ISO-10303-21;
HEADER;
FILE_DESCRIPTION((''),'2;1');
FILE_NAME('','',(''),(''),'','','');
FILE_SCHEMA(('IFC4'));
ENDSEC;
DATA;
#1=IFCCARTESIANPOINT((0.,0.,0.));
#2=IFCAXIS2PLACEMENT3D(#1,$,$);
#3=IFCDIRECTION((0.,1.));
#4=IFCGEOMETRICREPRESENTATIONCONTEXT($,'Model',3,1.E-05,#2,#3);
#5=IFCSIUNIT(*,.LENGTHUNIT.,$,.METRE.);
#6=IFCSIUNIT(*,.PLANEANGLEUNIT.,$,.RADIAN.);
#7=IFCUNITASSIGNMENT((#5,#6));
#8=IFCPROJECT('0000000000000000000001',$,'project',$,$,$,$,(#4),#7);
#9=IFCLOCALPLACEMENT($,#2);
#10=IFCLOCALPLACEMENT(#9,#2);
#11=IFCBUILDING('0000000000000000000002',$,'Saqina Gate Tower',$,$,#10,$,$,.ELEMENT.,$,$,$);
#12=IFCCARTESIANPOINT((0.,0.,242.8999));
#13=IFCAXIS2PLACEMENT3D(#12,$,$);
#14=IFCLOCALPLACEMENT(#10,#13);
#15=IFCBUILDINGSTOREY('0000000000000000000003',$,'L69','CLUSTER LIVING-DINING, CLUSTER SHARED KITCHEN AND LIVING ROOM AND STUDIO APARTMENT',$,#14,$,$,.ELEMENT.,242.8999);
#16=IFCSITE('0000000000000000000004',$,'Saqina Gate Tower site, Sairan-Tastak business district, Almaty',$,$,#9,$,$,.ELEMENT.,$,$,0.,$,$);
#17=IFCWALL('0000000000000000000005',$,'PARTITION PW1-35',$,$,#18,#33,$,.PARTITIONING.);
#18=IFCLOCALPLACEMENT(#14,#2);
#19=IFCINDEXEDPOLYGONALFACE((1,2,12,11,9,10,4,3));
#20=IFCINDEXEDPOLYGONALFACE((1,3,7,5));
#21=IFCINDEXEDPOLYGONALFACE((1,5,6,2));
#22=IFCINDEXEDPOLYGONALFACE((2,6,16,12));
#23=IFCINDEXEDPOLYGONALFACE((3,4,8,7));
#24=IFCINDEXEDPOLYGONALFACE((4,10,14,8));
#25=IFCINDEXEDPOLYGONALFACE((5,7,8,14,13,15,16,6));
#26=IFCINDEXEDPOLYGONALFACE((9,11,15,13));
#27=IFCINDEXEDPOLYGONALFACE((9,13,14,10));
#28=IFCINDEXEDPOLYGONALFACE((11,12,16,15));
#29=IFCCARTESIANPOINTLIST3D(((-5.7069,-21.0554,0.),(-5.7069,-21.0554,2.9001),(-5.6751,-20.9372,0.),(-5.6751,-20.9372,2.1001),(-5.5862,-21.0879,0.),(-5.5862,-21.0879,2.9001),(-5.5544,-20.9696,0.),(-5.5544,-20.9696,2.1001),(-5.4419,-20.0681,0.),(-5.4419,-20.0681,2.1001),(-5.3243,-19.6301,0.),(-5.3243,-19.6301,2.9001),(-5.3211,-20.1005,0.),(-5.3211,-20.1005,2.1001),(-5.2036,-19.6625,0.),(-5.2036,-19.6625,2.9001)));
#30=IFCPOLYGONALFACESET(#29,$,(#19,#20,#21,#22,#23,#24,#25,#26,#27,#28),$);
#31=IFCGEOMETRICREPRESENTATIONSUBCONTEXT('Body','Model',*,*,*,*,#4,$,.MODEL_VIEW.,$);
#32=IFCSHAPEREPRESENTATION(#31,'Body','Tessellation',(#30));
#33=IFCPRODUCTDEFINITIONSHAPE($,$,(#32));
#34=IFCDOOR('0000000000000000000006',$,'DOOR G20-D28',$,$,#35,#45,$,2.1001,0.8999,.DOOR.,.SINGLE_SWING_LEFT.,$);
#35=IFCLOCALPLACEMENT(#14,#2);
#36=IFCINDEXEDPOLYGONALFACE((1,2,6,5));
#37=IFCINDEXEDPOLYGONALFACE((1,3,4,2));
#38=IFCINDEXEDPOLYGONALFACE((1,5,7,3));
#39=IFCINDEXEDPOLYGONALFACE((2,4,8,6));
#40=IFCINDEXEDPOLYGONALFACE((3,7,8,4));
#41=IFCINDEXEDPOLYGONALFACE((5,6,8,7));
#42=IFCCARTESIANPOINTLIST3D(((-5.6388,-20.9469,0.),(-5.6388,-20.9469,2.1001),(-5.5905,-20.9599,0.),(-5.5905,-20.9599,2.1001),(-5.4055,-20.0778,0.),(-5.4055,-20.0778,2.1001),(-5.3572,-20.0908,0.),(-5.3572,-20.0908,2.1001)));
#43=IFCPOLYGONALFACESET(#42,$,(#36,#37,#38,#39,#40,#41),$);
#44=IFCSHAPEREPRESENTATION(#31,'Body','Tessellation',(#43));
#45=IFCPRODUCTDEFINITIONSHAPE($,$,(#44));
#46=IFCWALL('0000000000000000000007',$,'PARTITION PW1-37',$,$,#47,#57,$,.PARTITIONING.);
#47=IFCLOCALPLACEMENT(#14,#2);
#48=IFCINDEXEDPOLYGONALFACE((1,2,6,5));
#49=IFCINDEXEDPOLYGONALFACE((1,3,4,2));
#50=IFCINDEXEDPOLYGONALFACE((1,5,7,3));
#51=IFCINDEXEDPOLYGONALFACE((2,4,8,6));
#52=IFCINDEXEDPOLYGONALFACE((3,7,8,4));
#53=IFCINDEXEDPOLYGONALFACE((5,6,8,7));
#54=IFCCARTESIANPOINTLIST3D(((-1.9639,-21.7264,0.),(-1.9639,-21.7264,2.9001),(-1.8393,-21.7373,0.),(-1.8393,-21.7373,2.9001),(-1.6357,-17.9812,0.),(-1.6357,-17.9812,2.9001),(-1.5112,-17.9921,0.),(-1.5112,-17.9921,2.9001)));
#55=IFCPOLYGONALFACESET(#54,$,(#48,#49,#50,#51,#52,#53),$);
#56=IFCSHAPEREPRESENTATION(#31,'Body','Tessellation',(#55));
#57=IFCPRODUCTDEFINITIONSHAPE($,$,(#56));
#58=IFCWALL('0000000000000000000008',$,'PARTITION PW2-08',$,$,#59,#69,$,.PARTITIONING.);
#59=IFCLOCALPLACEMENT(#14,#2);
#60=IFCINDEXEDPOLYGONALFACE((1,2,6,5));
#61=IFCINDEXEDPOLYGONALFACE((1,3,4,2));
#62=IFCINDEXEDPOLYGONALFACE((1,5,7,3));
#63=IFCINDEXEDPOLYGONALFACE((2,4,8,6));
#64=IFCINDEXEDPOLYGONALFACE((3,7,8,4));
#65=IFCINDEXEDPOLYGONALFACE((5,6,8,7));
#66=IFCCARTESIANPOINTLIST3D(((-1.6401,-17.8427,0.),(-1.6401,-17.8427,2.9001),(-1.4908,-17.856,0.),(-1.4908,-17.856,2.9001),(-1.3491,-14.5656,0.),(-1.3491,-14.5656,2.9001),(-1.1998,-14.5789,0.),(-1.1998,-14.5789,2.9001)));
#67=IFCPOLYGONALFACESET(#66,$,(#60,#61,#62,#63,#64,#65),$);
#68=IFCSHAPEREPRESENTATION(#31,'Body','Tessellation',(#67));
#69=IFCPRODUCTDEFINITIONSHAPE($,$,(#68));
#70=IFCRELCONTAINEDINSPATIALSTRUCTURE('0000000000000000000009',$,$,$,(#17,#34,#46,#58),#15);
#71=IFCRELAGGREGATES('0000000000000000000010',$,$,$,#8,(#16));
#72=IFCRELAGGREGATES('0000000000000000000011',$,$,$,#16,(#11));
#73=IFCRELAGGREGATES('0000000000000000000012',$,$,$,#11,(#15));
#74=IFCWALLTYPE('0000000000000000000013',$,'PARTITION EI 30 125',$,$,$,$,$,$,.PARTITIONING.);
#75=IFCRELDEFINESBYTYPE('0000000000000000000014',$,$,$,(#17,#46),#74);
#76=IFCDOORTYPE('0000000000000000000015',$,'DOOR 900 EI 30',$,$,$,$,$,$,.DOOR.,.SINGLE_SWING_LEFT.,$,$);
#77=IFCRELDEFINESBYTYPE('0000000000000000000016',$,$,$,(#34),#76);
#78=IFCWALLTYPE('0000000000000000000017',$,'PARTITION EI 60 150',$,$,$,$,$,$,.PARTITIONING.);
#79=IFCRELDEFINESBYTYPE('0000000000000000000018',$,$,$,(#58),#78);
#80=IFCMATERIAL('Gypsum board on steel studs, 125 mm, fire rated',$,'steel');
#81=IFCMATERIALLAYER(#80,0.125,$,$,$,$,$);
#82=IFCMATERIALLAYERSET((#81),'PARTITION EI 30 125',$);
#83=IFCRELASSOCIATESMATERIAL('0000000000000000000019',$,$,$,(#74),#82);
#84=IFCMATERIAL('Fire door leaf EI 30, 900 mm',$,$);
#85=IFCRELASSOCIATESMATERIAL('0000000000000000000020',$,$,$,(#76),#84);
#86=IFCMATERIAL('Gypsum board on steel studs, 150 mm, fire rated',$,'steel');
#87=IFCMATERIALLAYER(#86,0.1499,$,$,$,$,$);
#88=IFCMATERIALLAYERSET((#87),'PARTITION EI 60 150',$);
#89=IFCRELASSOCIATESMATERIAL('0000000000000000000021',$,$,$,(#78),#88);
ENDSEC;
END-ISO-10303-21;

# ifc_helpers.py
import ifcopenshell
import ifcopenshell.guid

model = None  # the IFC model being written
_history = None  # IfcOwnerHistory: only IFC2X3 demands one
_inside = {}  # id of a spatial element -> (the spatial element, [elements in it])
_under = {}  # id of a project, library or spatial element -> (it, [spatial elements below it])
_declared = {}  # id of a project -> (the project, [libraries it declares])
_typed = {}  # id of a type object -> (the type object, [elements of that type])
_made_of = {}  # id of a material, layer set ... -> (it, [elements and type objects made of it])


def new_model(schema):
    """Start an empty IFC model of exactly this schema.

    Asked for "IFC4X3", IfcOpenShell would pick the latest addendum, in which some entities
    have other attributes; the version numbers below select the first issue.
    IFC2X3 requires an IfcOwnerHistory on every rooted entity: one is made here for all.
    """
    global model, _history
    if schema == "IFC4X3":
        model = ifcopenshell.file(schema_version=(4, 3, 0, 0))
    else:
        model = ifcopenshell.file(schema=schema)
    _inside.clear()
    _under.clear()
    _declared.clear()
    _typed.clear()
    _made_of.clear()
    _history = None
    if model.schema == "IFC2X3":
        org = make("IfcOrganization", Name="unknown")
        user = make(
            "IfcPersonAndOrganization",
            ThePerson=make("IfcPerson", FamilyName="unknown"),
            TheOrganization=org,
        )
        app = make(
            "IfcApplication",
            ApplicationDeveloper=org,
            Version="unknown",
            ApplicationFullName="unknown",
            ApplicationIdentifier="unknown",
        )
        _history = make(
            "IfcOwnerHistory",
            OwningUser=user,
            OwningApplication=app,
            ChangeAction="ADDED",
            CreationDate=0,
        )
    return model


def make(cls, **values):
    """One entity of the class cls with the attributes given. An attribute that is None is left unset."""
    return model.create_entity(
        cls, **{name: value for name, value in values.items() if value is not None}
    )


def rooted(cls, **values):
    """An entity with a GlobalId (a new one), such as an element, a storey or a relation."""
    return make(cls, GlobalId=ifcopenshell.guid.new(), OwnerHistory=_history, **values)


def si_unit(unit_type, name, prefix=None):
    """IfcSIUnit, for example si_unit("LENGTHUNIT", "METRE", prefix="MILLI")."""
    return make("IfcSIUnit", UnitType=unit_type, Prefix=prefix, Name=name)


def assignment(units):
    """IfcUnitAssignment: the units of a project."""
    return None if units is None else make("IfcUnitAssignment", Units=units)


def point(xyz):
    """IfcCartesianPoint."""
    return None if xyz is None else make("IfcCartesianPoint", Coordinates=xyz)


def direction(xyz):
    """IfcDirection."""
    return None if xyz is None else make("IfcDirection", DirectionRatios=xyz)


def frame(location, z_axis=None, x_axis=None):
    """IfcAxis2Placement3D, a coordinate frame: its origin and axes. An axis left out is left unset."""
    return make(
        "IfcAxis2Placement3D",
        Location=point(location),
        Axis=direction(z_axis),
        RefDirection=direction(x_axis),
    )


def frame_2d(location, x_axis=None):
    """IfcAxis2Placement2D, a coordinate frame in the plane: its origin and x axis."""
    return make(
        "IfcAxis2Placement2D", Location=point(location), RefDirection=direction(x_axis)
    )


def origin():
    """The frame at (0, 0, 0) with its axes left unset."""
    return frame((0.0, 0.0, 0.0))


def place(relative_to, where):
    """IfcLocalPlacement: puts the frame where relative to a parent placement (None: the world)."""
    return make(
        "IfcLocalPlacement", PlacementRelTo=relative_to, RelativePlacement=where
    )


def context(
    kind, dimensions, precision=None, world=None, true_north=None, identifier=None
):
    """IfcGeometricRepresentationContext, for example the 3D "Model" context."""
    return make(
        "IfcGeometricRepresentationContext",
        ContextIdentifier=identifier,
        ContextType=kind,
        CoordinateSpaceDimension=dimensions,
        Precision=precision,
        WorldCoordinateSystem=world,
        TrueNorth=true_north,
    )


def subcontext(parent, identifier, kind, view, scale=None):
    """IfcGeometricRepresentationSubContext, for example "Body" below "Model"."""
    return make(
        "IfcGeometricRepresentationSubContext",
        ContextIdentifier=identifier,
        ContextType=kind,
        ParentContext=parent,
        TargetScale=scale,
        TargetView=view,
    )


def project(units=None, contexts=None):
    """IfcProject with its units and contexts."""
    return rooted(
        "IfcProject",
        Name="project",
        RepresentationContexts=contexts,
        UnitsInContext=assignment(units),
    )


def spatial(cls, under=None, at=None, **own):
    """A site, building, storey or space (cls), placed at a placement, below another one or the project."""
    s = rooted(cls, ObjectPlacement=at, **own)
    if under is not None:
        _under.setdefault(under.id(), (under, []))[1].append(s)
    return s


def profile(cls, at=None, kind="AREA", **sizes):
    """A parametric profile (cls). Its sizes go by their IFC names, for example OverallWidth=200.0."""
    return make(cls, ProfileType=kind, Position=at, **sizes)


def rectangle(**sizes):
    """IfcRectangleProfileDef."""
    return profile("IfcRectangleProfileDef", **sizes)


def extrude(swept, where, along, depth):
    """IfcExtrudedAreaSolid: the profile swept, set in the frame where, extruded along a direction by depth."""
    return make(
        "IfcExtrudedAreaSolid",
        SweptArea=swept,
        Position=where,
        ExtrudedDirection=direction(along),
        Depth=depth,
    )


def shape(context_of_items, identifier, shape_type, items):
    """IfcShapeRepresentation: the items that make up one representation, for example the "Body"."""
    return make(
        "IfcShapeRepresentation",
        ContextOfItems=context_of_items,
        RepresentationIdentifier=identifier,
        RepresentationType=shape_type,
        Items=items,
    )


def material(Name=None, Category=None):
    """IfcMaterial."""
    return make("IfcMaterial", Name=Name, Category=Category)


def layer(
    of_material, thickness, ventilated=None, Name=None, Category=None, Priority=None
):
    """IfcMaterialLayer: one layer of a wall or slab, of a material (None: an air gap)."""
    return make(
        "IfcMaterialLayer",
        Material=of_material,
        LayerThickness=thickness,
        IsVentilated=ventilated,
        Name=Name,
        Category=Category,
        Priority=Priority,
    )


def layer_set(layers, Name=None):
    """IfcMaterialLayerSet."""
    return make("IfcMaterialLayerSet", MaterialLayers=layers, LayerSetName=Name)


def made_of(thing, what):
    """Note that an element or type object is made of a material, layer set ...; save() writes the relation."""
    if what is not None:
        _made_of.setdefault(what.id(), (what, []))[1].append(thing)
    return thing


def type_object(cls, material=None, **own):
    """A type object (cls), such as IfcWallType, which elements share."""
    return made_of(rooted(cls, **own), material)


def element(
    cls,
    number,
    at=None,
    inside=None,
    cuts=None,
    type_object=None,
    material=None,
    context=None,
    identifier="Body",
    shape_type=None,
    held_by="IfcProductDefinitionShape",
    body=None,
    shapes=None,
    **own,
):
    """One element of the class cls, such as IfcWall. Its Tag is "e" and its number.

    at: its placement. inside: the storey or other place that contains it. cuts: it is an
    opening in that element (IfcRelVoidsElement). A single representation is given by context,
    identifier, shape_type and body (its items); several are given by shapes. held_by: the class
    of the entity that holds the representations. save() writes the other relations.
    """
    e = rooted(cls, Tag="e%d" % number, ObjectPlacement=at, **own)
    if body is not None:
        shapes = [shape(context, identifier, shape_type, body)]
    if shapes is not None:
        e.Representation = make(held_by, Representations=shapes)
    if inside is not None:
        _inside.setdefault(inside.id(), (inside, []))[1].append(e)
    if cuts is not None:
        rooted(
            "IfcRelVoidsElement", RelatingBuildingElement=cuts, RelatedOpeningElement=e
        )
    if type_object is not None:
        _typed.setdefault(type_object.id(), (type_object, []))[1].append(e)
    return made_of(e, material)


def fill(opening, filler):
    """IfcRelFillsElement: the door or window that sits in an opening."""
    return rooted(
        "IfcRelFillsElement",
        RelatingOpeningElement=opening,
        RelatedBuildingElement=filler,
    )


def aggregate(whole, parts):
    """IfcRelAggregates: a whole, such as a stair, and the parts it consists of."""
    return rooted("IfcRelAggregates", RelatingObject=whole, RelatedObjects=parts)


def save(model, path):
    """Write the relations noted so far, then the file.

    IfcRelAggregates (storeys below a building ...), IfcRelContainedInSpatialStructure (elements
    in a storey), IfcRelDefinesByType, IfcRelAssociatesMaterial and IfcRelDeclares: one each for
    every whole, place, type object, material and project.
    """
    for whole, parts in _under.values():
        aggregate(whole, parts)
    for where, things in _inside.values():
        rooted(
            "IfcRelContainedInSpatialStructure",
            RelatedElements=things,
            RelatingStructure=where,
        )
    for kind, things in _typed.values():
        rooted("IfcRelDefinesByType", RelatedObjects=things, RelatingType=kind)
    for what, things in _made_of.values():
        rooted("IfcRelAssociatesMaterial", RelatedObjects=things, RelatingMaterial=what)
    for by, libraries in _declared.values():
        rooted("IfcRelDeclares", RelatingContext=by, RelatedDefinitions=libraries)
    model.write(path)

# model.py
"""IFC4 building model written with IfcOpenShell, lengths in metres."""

from ifc_helpers import new_model, si_unit, direction, frame, frame_2d, origin, place, context, subcontext, project, spatial, rectangle, extrude, material, layer, layer_set, type_object, element, fill, save


model = new_model("IFC4")

# Units and contexts
model_context = context("Model", 3, precision=1e-05, world=origin(), true_north=direction((0.0, 1.0)))
body_context = subcontext(model_context, "Body", "Model", "MODEL_VIEW")
ifc_project = project(units=[si_unit("LENGTHUNIT", "METRE"), si_unit("PLANEANGLEUNIT", "RADIAN")], contexts=[model_context])

# Site, building, storey
site_placement = place(None, origin())
site = spatial("IfcSite", under=ifc_project, at=site_placement, Name="Saqina Gate Tower site, Sairan-Tastak business district, Almaty", CompositionType="ELEMENT", RefElevation=0.0)
building_placement = place(site_placement, origin())
building = spatial("IfcBuilding", under=site, at=building_placement, Name="Saqina Gate Tower", CompositionType="ELEMENT")
storey_placement = place(building_placement, frame((0.0, 0.0, 242.8999)))
storey = spatial("IfcBuildingStorey", under=building, at=storey_placement, Name="L69", Description="CLUSTER LIVING-DINING, CLUSTER SHARED KITCHEN AND LIVING ROOM AND STUDIO APARTMENT", CompositionType="ELEMENT", Elevation=242.8999)

# Shared definitions
ifc_material_1 = material(Name="Gypsum board on steel studs, 125 mm, fire rated", Category="steel")
ifc_layer_1 = layer(ifc_material_1, 0.125)
ifc_layer_set_1 = layer_set([ifc_layer_1], Name="PARTITION EI 30 125")
wall_type_1 = type_object("IfcWallType", Name="PARTITION EI 30 125", PredefinedType="PARTITIONING", material=ifc_layer_set_1)

# Shared definitions
ifc_material_2 = material(Name="Fire door leaf EI 30, 900 mm")
door_type_1 = type_object("IfcDoorType", Name="DOOR 900 EI 30", OperationType="SINGLE_SWING_LEFT", PredefinedType="DOOR", material=ifc_material_2)

# Wall, opening, door
wall_1_placement = place(storey_placement, frame((-5.6465, -21.0715, 0.0), z_axis=(0.0, 0.0, 1.0), x_axis=(0.259238, 0.965814, 0.0)))
wall_1 = element("IfcWall", 1, at=wall_1_placement, inside=storey, type_object=wall_type_1, Name="PARTITION PW1-35", PredefinedType="PARTITIONING", context=body_context, shape_type="SweptSolid", body=[
    extrude(rectangle(XDim=1.4758, YDim=0.125, at=frame_2d((0.7378, 0.0))), origin(), (0.0, 0.0, 1.0), 2.9001),
])
opening_1_placement = place(wall_1_placement, frame((0.1223, 0.0, 0.0)))
opening_1 = element("IfcOpeningElement", 2, at=opening_1_placement, cuts=wall_1, PredefinedType="OPENING", context=body_context, shape_type="SweptSolid", body=[
    extrude(rectangle(XDim=0.8999, YDim=2.1001, at=frame_2d((0.45, 1.05))), frame((0.0, 0.0745, 0.0), z_axis=(0.0, -1.0, 0.0), x_axis=(1.0, 0.0, 0.0)), (0.0, 0.0, 1.0), 0.1489),
])
door_1_placement = place(opening_1_placement, origin())
door_1 = element("IfcDoor", 3, at=door_1_placement, inside=storey, type_object=door_type_1, Name="DOOR G20-D28", OperationType="SINGLE_SWING_LEFT", OverallHeight=2.1001, OverallWidth=0.8999, PredefinedType="DOOR", context=body_context, shape_type="SweptSolid", body=[
    extrude(rectangle(XDim=0.8999, YDim=2.1001, at=frame_2d((0.45, 1.05))), frame((0.0, 0.0249, 0.0), z_axis=(0.0, -1.0, 0.0), x_axis=(1.0, 0.0, 0.0)), (0.0, 0.0, 1.0), 0.05),
])
fill(opening_1, door_1)

# Walls
wall_2_placement = place(storey_placement, frame((-1.9016, -21.7319, 0.0), z_axis=(0.0, 0.0, 1.0), x_axis=(0.08728, 0.996184, 0.0)))
element("IfcWall", 4, at=wall_2_placement, inside=storey, type_object=wall_type_1, Name="PARTITION PW1-37", PredefinedType="PARTITIONING", context=body_context, shape_type="SweptSolid", body=[
    extrude(rectangle(XDim=3.7595, YDim=0.125, at=frame_2d((1.8799, 0.0))), origin(), (0.0, 0.0, 1.0), 2.9001),
])
ifc_material_3 = material(Name="Gypsum board on steel studs, 150 mm, fire rated", Category="steel")
ifc_layer_2 = layer(ifc_material_3, 0.1499)
ifc_layer_set_2 = layer_set([ifc_layer_2], Name="PARTITION EI 60 150")
wall_type_2 = type_object("IfcWallType", Name="PARTITION EI 60 150", PredefinedType="PARTITIONING", material=ifc_layer_set_2)
wall_3_placement = place(storey_placement, frame((-1.5654, -17.8494, 0.0), z_axis=(0.0, 0.0, 1.0), x_axis=(0.088455, 0.99608, 0.0)))
element("IfcWall", 5, at=wall_3_placement, inside=storey, type_object=wall_type_2, Name="PARTITION PW2-08", PredefinedType="PARTITIONING", context=body_context, shape_type="SweptSolid", body=[
    extrude(rectangle(XDim=3.29, YDim=0.1499, at=frame_2d((1.645, 0.0))), origin(), (0.0, 0.0, 1.0), 2.9001),
])

save(model, "model.ifc")
